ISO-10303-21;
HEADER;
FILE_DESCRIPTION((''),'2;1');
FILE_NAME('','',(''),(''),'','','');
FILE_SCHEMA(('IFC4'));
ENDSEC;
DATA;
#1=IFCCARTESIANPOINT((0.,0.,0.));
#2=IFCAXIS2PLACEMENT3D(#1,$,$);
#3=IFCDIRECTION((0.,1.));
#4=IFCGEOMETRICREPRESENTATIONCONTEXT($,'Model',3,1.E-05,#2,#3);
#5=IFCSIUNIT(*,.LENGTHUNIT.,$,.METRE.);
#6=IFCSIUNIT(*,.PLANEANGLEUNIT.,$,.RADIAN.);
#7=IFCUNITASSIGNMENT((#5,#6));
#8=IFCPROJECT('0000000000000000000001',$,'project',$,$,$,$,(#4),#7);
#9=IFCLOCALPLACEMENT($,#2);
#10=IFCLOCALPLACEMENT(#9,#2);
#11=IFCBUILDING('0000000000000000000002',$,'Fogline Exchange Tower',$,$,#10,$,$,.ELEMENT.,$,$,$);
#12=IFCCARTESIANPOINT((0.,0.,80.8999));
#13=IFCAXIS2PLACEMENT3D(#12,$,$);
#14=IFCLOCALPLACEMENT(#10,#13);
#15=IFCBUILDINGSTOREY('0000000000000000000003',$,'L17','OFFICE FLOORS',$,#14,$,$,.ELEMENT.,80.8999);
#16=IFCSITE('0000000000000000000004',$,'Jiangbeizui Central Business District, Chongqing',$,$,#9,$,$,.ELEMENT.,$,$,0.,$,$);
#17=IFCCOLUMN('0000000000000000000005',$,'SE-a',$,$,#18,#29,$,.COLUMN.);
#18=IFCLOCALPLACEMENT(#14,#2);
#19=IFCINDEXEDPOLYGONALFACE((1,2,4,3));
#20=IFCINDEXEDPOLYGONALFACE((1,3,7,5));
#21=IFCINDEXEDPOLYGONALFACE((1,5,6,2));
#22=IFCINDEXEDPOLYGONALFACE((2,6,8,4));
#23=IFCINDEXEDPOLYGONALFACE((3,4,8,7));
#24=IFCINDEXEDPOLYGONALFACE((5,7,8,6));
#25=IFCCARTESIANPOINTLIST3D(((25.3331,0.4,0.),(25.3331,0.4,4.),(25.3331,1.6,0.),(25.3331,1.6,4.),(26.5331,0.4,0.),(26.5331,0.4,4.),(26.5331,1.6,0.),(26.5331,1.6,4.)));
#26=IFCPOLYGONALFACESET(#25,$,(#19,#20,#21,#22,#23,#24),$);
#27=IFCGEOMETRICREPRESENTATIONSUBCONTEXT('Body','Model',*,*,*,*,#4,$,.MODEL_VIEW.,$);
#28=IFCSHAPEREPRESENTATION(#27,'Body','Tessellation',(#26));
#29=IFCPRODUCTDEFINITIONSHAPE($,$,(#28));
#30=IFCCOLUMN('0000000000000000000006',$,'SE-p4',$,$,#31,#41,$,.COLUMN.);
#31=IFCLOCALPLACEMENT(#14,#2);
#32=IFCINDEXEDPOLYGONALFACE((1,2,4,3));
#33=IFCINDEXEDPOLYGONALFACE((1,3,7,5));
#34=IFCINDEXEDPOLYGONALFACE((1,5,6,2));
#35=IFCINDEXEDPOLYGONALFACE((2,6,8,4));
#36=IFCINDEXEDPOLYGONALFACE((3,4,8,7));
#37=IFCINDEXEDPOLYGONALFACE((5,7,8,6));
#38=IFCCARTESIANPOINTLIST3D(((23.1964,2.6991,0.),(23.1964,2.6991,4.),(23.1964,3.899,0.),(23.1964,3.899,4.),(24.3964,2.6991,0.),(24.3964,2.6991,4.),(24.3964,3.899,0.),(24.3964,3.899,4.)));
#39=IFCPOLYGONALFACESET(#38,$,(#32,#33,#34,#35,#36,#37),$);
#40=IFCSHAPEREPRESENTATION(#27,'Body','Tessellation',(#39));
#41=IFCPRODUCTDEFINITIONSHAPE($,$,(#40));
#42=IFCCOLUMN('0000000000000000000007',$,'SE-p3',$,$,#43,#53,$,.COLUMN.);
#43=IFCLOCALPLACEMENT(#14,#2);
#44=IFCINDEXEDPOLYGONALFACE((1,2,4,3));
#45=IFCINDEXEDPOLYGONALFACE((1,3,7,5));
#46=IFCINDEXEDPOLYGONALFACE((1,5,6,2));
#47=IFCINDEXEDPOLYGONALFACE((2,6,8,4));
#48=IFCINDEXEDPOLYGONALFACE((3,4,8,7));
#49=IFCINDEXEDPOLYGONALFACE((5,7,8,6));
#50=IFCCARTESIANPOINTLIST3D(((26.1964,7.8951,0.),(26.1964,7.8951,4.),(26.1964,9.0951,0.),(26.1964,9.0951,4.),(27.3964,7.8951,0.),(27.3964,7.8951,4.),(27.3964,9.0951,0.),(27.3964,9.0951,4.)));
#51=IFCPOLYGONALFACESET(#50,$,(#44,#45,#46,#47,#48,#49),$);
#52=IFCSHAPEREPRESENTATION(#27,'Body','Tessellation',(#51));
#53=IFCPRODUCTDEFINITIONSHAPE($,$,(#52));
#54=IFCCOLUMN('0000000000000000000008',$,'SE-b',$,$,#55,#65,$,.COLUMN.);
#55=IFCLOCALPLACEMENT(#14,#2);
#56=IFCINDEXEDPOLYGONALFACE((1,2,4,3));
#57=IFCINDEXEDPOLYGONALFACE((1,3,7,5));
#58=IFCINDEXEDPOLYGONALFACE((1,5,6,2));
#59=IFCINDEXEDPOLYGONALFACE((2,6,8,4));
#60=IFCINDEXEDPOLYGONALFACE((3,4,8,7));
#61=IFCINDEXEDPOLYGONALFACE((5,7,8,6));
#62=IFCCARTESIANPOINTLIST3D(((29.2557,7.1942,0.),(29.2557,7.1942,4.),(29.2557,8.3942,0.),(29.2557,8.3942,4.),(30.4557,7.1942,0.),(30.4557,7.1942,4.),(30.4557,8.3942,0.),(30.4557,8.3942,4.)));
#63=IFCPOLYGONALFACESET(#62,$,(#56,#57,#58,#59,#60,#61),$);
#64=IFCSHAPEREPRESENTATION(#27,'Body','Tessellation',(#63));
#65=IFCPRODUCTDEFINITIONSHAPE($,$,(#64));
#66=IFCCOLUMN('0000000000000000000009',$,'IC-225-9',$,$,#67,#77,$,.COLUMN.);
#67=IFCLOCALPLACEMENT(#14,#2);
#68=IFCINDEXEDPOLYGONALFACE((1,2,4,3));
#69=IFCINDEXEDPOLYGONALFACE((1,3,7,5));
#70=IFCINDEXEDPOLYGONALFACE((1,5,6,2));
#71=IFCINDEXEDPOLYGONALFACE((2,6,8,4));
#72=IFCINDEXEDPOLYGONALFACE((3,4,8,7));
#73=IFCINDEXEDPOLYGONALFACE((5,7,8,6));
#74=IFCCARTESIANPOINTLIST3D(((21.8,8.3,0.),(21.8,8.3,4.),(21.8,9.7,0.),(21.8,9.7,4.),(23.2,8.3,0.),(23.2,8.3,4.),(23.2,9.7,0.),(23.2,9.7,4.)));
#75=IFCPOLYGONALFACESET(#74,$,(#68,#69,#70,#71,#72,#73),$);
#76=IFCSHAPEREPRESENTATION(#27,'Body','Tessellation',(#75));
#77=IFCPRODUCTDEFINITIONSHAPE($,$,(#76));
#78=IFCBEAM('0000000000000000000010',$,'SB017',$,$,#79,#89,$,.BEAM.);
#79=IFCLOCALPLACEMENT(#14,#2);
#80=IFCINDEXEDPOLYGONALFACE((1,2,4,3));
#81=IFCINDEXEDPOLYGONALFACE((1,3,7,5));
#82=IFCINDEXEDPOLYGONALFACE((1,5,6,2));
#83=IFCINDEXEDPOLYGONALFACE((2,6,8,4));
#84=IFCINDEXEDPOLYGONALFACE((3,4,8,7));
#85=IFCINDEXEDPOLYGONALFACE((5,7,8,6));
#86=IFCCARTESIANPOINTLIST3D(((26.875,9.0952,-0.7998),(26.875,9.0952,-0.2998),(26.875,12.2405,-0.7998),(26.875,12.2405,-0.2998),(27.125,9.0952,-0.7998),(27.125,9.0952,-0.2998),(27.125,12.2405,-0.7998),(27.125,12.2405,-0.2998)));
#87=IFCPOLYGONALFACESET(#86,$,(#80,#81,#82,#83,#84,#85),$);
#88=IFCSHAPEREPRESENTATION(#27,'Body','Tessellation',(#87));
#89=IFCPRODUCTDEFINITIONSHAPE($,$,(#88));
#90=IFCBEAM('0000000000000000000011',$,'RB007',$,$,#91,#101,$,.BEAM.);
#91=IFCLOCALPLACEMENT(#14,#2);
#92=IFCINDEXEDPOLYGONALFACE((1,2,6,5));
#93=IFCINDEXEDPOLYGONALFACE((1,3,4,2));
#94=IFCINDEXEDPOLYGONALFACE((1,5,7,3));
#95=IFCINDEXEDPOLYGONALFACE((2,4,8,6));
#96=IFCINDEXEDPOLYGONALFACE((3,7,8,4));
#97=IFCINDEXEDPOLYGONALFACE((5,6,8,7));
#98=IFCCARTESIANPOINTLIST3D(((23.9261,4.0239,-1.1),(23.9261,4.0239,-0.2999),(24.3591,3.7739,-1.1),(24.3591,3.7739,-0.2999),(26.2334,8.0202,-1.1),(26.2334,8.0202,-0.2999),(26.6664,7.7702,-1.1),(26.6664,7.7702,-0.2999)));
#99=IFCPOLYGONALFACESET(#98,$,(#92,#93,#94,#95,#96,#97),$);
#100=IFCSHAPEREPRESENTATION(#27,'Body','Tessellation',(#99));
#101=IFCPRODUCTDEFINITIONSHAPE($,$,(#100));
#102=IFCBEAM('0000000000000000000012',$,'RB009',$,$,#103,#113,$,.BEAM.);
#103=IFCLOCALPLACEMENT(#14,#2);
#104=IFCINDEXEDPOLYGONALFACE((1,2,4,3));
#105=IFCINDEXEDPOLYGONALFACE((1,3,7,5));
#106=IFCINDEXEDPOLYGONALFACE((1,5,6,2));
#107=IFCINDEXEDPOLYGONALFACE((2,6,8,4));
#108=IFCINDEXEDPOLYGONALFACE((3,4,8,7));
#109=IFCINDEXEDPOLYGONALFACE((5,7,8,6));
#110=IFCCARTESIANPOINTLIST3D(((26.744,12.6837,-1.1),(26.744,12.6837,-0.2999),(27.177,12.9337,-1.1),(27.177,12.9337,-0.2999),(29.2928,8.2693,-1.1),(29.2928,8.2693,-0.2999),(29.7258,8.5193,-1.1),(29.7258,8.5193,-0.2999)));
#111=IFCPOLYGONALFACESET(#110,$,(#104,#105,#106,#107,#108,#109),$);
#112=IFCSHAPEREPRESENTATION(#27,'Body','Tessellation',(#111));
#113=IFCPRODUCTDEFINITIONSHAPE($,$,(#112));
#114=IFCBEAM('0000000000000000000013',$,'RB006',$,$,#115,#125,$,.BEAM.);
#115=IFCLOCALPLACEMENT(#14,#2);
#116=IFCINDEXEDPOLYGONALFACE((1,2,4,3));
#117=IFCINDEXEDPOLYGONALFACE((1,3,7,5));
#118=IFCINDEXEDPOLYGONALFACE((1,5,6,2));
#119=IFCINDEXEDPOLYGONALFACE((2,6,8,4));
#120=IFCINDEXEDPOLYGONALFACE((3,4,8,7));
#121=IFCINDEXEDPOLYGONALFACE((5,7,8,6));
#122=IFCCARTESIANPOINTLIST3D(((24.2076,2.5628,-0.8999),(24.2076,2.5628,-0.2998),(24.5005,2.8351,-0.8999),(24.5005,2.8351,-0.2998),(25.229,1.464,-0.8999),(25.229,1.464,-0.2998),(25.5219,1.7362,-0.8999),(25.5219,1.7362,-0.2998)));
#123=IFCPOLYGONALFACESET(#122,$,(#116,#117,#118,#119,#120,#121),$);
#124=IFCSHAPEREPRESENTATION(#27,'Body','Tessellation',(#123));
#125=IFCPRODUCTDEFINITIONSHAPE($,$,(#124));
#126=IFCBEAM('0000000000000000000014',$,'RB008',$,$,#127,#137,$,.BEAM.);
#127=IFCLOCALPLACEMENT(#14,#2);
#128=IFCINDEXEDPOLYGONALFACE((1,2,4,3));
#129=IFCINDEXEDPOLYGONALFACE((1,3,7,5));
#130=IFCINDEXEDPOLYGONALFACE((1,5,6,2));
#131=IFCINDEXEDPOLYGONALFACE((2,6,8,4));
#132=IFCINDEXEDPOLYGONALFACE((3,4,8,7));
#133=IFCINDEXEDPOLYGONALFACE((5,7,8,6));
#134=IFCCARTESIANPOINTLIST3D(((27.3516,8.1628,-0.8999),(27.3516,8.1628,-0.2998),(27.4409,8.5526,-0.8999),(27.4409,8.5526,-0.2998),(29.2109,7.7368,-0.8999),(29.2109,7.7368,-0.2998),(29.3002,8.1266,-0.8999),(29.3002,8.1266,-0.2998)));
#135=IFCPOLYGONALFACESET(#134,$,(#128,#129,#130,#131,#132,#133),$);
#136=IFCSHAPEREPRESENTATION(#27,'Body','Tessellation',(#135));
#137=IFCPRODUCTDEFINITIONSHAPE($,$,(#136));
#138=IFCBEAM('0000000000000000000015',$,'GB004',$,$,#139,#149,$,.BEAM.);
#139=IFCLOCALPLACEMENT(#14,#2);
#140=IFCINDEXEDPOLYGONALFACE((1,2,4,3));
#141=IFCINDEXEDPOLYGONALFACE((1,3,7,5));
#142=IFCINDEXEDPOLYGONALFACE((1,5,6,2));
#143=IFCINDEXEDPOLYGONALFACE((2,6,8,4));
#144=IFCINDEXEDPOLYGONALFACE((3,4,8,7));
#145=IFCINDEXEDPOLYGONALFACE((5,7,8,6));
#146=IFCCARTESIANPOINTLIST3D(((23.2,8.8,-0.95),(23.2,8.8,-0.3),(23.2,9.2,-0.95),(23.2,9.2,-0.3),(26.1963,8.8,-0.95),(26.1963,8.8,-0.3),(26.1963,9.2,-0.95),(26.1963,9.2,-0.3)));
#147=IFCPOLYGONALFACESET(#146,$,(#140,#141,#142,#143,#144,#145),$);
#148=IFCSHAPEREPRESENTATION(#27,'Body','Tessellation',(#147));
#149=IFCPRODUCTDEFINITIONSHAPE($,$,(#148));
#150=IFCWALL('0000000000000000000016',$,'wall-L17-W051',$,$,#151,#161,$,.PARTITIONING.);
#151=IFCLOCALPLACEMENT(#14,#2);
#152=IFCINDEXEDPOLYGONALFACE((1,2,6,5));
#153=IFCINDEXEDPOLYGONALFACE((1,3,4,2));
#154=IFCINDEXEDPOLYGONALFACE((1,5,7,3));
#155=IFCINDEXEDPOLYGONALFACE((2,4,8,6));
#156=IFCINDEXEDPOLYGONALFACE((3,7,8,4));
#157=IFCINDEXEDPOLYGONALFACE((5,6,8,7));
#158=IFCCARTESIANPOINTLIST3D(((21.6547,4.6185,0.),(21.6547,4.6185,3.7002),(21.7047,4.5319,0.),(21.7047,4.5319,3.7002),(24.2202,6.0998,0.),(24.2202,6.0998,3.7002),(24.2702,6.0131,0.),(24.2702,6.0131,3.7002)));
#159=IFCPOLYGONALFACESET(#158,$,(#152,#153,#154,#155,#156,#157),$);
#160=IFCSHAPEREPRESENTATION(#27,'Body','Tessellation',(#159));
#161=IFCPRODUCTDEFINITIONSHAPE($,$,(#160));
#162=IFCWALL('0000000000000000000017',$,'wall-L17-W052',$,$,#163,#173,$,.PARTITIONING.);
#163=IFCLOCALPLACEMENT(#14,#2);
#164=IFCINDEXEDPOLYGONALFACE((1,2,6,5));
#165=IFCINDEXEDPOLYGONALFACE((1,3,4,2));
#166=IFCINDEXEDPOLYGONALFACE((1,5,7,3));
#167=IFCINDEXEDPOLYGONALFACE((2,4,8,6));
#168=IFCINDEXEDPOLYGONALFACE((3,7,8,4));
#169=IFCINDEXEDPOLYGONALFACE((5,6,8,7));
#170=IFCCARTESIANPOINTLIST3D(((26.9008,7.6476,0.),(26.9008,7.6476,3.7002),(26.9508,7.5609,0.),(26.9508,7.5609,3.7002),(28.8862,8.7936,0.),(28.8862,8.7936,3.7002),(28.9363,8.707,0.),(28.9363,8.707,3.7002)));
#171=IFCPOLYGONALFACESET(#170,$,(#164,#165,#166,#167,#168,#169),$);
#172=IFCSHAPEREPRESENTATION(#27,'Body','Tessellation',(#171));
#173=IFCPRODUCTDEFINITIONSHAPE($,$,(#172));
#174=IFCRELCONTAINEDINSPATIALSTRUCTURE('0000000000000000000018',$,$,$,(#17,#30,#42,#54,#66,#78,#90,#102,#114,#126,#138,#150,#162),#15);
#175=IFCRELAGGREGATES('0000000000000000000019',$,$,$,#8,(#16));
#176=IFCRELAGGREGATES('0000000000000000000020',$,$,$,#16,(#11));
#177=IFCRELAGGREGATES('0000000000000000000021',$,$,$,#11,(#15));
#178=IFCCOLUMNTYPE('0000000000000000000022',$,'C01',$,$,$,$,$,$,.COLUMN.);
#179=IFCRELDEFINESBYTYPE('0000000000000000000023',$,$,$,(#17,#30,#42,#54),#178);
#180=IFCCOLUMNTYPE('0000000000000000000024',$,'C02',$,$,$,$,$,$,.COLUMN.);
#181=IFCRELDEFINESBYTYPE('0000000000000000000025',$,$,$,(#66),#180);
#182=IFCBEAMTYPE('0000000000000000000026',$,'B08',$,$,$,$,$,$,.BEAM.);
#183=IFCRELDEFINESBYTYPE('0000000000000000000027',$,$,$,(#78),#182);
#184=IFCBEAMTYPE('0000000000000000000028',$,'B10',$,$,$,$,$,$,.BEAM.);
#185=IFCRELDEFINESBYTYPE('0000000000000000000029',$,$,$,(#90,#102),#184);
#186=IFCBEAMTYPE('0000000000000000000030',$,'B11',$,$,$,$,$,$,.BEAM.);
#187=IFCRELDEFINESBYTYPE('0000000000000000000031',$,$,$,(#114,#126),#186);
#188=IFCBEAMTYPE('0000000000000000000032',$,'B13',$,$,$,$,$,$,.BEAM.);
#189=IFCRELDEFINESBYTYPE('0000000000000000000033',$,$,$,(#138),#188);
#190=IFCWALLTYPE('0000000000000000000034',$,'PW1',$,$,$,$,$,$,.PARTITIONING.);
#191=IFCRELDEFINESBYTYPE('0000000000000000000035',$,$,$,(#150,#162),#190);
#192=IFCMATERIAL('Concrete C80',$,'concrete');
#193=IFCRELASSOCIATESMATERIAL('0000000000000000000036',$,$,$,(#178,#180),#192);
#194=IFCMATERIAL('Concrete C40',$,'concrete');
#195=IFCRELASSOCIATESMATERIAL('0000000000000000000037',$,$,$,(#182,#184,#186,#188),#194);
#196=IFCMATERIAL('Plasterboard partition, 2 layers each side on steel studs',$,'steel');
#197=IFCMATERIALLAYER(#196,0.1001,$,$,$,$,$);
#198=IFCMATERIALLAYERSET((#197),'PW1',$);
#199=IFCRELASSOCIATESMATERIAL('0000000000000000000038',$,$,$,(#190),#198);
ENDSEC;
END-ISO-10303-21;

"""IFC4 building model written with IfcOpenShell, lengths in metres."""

from ifc_helpers import new_model, si_unit, direction, frame, frame_2d, origin, origin_2d, place, context, subcontext, project, spatial, rectangle, extrude, material, layer, layer_set, material_profile, profile_set, type_object, element, save


model = new_model("IFC4")

# Units and contexts
model_context = context("Model", 3, precision=1e-05, world=origin(), true_north=direction((0.0, 1.0)))
body_context = subcontext(model_context, "Body", "Model", "MODEL_VIEW")
ifc_project = project(units=[si_unit("LENGTHUNIT", "METRE"), si_unit("PLANEANGLEUNIT", "RADIAN")], contexts=[model_context])

# Site, building, storey
site_placement = place(None, origin())
site = spatial("IfcSite", under=ifc_project, at=site_placement, Name="Jiangbeizui Central Business District, Chongqing", CompositionType="ELEMENT", RefElevation=0.0)
building_placement = place(site_placement, origin())
building = spatial("IfcBuilding", under=site, at=building_placement, Name="Fogline Exchange Tower", CompositionType="ELEMENT")
storey_placement = place(building_placement, frame((0.0, 0.0, 80.8999)))
storey = spatial("IfcBuildingStorey", under=building, at=storey_placement, Name="L17", Description="OFFICE FLOORS", CompositionType="ELEMENT", Elevation=80.8999)

# Columns
ifc_material_1 = material(Name="Concrete C80", Category="concrete")
ifc_material_profile_1 = material_profile(ifc_material_1, rectangle(XDim=1.2, YDim=1.2, at=origin_2d()), Name="RC 1200x1200")
ifc_profile_set_1 = profile_set([ifc_material_profile_1], Name="Concrete C80")
column_type_1 = type_object("IfcColumnType", Name="C01", PredefinedType="COLUMN", material=ifc_profile_set_1)
for number, where, z_axis, x_axis, name in (
    (1, (25.9331, 1.0, 0.0), (0.0, 0.0, 1.0), (1.0, 0.0, 0.0), "SE-a"),
    (2, (23.7964, 3.2991, 0.0), (0.0, 0.0, 1.0), (1.0, 0.0, 0.0), "SE-p4"),
    (3, (26.7964, 8.4951, 0.0), (0.0, 0.0, 1.0), (1.0, 0.0, 0.0), "SE-p3"),
    (4, (29.8557, 7.7942, 0.0), (0.0, 0.0, 1.0), (1.0, 0.0, 0.0), "SE-b"),
):
    element("IfcColumn", number, at=place(storey_placement, frame(where, z_axis=z_axis, x_axis=x_axis)), inside=storey, type_object=column_type_1, Name=name, PredefinedType="COLUMN", context=body_context, shape_type="SweptSolid", body=[
        extrude(rectangle(XDim=1.2, YDim=1.2, at=origin_2d()), origin(), (0.0, 0.0, 1.0), 4.0),
    ])
ifc_material_profile_2 = material_profile(ifc_material_1, rectangle(XDim=1.3999, YDim=1.3999, at=origin_2d()), Name="RC 1400x1400")
ifc_profile_set_2 = profile_set([ifc_material_profile_2], Name="Concrete C80")
column_type_2 = type_object("IfcColumnType", Name="C02", PredefinedType="COLUMN", material=ifc_profile_set_2)
column_placement = place(storey_placement, frame((22.5, 9.0, 0.0), z_axis=(0.0, 0.0, 1.0), x_axis=(1.0, 0.0, 0.0)))
element("IfcColumn", 5, at=column_placement, inside=storey, type_object=column_type_2, Name="IC-225-9", PredefinedType="COLUMN", context=body_context, shape_type="SweptSolid", body=[
    extrude(rectangle(XDim=1.3999, YDim=1.3999, at=origin_2d()), origin(), (0.0, 0.0, 1.0), 4.0),
])

# Beams
ifc_material_2 = material(Name="Concrete C40", Category="concrete")
ifc_material_profile_3 = material_profile(ifc_material_2, rectangle(XDim=0.25, YDim=0.5, at=origin_2d()), Name="RC 250x500")
ifc_profile_set_3 = profile_set([ifc_material_profile_3], Name="Concrete C40")
beam_type_1 = type_object("IfcBeamType", Name="B08", PredefinedType="BEAM", material=ifc_profile_set_3)
beam_1_placement = place(storey_placement, frame((27.0, 9.0952, -0.5498), z_axis=(0.0, 1.0, 0.0), x_axis=(-1.0, 0.0, 0.0)))
element("IfcBeam", 6, at=beam_1_placement, inside=storey, type_object=beam_type_1, Name="SB017", PredefinedType="BEAM", context=body_context, shape_type="SweptSolid", body=[
    extrude(rectangle(XDim=0.25, YDim=0.5, at=origin_2d()), origin(), (0.0, 0.0, 1.0), 3.1453),
])
ifc_material_profile_4 = material_profile(ifc_material_2, rectangle(XDim=0.5, YDim=0.8, at=origin_2d()), Name="RC 500x800")
ifc_profile_set_4 = profile_set([ifc_material_profile_4], Name="Concrete C40")
beam_type_2 = type_object("IfcBeamType", Name="B10", PredefinedType="BEAM", material=ifc_profile_set_4)
beam_2_placement = place(storey_placement, frame((24.1426, 3.8989, -0.7), z_axis=(0.500014, 0.866017, 0.0), x_axis=(-0.866017, 0.500014, 0.0)))
element("IfcBeam", 7, at=beam_2_placement, inside=storey, type_object=beam_type_2, Name="RB007", PredefinedType="BEAM", context=body_context, shape_type="SweptSolid", body=[
    extrude(rectangle(XDim=0.5, YDim=0.8, at=origin_2d()), origin(), (0.0, 0.0, 1.0), 4.6145),
])
beam_3_placement = place(storey_placement, frame((29.5093, 8.3943, -0.7), z_axis=(-0.500013, 0.866018, 0.0), x_axis=(-0.866018, -0.500013, 0.0)))
element("IfcBeam", 8, at=beam_3_placement, inside=storey, type_object=beam_type_2, Name="RB009", PredefinedType="BEAM", context=body_context, shape_type="SweptSolid", body=[
    extrude(rectangle(XDim=0.5, YDim=0.8, at=origin_2d()), origin(), (0.0, 0.0, 1.0), 5.0974),
])
ifc_material_profile_5 = material_profile(ifc_material_2, rectangle(XDim=0.3999, YDim=0.6001, at=origin_2d()), Name="RC 400x600")
ifc_profile_set_5 = profile_set([ifc_material_profile_5], Name="Concrete C40")
beam_type_3 = type_object("IfcBeamType", Name="B11", PredefinedType="BEAM", material=ifc_profile_set_5)
beam_4_placement = place(storey_placement, frame((25.3755, 1.6001, -0.5999), z_axis=(-0.680844, 0.732428, 0.0), x_axis=(-0.732428, -0.680844, 0.0)))
element("IfcBeam", 9, at=beam_4_placement, inside=storey, type_object=beam_type_3, Name="RB006", PredefinedType="BEAM", context=body_context, shape_type="SweptSolid", body=[
    extrude(rectangle(XDim=0.3999, YDim=0.6001, at=origin_2d()), origin(), (0.0, 0.0, 1.0), 1.5002),
])
beam_5_placement = place(storey_placement, frame((27.3962, 8.3577, -0.5999), z_axis=(0.974742, -0.223336, 0.0), x_axis=(0.223336, 0.974742, 0.0)))
element("IfcBeam", 10, at=beam_5_placement, inside=storey, type_object=beam_type_3, Name="RB008", PredefinedType="BEAM", context=body_context, shape_type="SweptSolid", body=[
    extrude(rectangle(XDim=0.3999, YDim=0.6001, at=origin_2d()), origin(), (0.0, 0.0, 1.0), 1.9075),
])
ifc_material_profile_6 = material_profile(ifc_material_2, rectangle(XDim=0.3999, YDim=0.6499, at=origin_2d()), Name="RC 400x650")
ifc_profile_set_6 = profile_set([ifc_material_profile_6], Name="Concrete C40")
beam_type_4 = type_object("IfcBeamType", Name="B13", PredefinedType="BEAM", material=ifc_profile_set_6)
beam_6_placement = place(storey_placement, frame((23.2, 9.0, -0.625), z_axis=(1.0, 0.0, 0.0), x_axis=(0.0, 1.0, 0.0)))
element("IfcBeam", 11, at=beam_6_placement, inside=storey, type_object=beam_type_4, Name="GB004", PredefinedType="BEAM", context=body_context, shape_type="SweptSolid", body=[
    extrude(rectangle(XDim=0.3999, YDim=0.6499, at=origin_2d()), origin(), (0.0, 0.0, 1.0), 2.9963),
])

# Walls
ifc_material_3 = material(Name="Plasterboard partition, 2 layers each side on steel studs", Category="steel")
ifc_layer_1 = layer(ifc_material_3, 0.1001)
ifc_layer_set_1 = layer_set([ifc_layer_1], Name="PW1")
wall_type_1 = type_object("IfcWallType", Name="PW1", PredefinedType="PARTITIONING", material=ifc_layer_set_1)
wall_1_placement = place(storey_placement, frame((21.6797, 4.5752, 0.0), z_axis=(0.0, 0.0, 1.0), x_axis=(0.866018, 0.500013, 0.0)))
element("IfcWall", 12, at=wall_1_placement, inside=storey, type_object=wall_type_1, Name="wall-L17-W051", PredefinedType="PARTITIONING", context=body_context, shape_type="SweptSolid", body=[
    extrude(rectangle(XDim=2.9624, YDim=0.1001, at=frame_2d((1.4812, 0.0))), origin(), (0.0, 0.0, 1.0), 3.7002),
])
wall_2_placement = place(storey_placement, frame((26.9258, 7.6042, 0.0), z_axis=(0.0, 0.0, 1.0), x_axis=(0.866072, 0.499919, 0.0)))
element("IfcWall", 13, at=wall_2_placement, inside=storey, type_object=wall_type_1, Name="wall-L17-W052", PredefinedType="PARTITIONING", context=body_context, shape_type="SweptSolid", body=[
    extrude(rectangle(XDim=2.2925, YDim=0.1001, at=frame_2d((1.1462, 0.0))), origin(), (0.0, 0.0, 1.0), 3.7002),
])

save(model, "model.ifc")
